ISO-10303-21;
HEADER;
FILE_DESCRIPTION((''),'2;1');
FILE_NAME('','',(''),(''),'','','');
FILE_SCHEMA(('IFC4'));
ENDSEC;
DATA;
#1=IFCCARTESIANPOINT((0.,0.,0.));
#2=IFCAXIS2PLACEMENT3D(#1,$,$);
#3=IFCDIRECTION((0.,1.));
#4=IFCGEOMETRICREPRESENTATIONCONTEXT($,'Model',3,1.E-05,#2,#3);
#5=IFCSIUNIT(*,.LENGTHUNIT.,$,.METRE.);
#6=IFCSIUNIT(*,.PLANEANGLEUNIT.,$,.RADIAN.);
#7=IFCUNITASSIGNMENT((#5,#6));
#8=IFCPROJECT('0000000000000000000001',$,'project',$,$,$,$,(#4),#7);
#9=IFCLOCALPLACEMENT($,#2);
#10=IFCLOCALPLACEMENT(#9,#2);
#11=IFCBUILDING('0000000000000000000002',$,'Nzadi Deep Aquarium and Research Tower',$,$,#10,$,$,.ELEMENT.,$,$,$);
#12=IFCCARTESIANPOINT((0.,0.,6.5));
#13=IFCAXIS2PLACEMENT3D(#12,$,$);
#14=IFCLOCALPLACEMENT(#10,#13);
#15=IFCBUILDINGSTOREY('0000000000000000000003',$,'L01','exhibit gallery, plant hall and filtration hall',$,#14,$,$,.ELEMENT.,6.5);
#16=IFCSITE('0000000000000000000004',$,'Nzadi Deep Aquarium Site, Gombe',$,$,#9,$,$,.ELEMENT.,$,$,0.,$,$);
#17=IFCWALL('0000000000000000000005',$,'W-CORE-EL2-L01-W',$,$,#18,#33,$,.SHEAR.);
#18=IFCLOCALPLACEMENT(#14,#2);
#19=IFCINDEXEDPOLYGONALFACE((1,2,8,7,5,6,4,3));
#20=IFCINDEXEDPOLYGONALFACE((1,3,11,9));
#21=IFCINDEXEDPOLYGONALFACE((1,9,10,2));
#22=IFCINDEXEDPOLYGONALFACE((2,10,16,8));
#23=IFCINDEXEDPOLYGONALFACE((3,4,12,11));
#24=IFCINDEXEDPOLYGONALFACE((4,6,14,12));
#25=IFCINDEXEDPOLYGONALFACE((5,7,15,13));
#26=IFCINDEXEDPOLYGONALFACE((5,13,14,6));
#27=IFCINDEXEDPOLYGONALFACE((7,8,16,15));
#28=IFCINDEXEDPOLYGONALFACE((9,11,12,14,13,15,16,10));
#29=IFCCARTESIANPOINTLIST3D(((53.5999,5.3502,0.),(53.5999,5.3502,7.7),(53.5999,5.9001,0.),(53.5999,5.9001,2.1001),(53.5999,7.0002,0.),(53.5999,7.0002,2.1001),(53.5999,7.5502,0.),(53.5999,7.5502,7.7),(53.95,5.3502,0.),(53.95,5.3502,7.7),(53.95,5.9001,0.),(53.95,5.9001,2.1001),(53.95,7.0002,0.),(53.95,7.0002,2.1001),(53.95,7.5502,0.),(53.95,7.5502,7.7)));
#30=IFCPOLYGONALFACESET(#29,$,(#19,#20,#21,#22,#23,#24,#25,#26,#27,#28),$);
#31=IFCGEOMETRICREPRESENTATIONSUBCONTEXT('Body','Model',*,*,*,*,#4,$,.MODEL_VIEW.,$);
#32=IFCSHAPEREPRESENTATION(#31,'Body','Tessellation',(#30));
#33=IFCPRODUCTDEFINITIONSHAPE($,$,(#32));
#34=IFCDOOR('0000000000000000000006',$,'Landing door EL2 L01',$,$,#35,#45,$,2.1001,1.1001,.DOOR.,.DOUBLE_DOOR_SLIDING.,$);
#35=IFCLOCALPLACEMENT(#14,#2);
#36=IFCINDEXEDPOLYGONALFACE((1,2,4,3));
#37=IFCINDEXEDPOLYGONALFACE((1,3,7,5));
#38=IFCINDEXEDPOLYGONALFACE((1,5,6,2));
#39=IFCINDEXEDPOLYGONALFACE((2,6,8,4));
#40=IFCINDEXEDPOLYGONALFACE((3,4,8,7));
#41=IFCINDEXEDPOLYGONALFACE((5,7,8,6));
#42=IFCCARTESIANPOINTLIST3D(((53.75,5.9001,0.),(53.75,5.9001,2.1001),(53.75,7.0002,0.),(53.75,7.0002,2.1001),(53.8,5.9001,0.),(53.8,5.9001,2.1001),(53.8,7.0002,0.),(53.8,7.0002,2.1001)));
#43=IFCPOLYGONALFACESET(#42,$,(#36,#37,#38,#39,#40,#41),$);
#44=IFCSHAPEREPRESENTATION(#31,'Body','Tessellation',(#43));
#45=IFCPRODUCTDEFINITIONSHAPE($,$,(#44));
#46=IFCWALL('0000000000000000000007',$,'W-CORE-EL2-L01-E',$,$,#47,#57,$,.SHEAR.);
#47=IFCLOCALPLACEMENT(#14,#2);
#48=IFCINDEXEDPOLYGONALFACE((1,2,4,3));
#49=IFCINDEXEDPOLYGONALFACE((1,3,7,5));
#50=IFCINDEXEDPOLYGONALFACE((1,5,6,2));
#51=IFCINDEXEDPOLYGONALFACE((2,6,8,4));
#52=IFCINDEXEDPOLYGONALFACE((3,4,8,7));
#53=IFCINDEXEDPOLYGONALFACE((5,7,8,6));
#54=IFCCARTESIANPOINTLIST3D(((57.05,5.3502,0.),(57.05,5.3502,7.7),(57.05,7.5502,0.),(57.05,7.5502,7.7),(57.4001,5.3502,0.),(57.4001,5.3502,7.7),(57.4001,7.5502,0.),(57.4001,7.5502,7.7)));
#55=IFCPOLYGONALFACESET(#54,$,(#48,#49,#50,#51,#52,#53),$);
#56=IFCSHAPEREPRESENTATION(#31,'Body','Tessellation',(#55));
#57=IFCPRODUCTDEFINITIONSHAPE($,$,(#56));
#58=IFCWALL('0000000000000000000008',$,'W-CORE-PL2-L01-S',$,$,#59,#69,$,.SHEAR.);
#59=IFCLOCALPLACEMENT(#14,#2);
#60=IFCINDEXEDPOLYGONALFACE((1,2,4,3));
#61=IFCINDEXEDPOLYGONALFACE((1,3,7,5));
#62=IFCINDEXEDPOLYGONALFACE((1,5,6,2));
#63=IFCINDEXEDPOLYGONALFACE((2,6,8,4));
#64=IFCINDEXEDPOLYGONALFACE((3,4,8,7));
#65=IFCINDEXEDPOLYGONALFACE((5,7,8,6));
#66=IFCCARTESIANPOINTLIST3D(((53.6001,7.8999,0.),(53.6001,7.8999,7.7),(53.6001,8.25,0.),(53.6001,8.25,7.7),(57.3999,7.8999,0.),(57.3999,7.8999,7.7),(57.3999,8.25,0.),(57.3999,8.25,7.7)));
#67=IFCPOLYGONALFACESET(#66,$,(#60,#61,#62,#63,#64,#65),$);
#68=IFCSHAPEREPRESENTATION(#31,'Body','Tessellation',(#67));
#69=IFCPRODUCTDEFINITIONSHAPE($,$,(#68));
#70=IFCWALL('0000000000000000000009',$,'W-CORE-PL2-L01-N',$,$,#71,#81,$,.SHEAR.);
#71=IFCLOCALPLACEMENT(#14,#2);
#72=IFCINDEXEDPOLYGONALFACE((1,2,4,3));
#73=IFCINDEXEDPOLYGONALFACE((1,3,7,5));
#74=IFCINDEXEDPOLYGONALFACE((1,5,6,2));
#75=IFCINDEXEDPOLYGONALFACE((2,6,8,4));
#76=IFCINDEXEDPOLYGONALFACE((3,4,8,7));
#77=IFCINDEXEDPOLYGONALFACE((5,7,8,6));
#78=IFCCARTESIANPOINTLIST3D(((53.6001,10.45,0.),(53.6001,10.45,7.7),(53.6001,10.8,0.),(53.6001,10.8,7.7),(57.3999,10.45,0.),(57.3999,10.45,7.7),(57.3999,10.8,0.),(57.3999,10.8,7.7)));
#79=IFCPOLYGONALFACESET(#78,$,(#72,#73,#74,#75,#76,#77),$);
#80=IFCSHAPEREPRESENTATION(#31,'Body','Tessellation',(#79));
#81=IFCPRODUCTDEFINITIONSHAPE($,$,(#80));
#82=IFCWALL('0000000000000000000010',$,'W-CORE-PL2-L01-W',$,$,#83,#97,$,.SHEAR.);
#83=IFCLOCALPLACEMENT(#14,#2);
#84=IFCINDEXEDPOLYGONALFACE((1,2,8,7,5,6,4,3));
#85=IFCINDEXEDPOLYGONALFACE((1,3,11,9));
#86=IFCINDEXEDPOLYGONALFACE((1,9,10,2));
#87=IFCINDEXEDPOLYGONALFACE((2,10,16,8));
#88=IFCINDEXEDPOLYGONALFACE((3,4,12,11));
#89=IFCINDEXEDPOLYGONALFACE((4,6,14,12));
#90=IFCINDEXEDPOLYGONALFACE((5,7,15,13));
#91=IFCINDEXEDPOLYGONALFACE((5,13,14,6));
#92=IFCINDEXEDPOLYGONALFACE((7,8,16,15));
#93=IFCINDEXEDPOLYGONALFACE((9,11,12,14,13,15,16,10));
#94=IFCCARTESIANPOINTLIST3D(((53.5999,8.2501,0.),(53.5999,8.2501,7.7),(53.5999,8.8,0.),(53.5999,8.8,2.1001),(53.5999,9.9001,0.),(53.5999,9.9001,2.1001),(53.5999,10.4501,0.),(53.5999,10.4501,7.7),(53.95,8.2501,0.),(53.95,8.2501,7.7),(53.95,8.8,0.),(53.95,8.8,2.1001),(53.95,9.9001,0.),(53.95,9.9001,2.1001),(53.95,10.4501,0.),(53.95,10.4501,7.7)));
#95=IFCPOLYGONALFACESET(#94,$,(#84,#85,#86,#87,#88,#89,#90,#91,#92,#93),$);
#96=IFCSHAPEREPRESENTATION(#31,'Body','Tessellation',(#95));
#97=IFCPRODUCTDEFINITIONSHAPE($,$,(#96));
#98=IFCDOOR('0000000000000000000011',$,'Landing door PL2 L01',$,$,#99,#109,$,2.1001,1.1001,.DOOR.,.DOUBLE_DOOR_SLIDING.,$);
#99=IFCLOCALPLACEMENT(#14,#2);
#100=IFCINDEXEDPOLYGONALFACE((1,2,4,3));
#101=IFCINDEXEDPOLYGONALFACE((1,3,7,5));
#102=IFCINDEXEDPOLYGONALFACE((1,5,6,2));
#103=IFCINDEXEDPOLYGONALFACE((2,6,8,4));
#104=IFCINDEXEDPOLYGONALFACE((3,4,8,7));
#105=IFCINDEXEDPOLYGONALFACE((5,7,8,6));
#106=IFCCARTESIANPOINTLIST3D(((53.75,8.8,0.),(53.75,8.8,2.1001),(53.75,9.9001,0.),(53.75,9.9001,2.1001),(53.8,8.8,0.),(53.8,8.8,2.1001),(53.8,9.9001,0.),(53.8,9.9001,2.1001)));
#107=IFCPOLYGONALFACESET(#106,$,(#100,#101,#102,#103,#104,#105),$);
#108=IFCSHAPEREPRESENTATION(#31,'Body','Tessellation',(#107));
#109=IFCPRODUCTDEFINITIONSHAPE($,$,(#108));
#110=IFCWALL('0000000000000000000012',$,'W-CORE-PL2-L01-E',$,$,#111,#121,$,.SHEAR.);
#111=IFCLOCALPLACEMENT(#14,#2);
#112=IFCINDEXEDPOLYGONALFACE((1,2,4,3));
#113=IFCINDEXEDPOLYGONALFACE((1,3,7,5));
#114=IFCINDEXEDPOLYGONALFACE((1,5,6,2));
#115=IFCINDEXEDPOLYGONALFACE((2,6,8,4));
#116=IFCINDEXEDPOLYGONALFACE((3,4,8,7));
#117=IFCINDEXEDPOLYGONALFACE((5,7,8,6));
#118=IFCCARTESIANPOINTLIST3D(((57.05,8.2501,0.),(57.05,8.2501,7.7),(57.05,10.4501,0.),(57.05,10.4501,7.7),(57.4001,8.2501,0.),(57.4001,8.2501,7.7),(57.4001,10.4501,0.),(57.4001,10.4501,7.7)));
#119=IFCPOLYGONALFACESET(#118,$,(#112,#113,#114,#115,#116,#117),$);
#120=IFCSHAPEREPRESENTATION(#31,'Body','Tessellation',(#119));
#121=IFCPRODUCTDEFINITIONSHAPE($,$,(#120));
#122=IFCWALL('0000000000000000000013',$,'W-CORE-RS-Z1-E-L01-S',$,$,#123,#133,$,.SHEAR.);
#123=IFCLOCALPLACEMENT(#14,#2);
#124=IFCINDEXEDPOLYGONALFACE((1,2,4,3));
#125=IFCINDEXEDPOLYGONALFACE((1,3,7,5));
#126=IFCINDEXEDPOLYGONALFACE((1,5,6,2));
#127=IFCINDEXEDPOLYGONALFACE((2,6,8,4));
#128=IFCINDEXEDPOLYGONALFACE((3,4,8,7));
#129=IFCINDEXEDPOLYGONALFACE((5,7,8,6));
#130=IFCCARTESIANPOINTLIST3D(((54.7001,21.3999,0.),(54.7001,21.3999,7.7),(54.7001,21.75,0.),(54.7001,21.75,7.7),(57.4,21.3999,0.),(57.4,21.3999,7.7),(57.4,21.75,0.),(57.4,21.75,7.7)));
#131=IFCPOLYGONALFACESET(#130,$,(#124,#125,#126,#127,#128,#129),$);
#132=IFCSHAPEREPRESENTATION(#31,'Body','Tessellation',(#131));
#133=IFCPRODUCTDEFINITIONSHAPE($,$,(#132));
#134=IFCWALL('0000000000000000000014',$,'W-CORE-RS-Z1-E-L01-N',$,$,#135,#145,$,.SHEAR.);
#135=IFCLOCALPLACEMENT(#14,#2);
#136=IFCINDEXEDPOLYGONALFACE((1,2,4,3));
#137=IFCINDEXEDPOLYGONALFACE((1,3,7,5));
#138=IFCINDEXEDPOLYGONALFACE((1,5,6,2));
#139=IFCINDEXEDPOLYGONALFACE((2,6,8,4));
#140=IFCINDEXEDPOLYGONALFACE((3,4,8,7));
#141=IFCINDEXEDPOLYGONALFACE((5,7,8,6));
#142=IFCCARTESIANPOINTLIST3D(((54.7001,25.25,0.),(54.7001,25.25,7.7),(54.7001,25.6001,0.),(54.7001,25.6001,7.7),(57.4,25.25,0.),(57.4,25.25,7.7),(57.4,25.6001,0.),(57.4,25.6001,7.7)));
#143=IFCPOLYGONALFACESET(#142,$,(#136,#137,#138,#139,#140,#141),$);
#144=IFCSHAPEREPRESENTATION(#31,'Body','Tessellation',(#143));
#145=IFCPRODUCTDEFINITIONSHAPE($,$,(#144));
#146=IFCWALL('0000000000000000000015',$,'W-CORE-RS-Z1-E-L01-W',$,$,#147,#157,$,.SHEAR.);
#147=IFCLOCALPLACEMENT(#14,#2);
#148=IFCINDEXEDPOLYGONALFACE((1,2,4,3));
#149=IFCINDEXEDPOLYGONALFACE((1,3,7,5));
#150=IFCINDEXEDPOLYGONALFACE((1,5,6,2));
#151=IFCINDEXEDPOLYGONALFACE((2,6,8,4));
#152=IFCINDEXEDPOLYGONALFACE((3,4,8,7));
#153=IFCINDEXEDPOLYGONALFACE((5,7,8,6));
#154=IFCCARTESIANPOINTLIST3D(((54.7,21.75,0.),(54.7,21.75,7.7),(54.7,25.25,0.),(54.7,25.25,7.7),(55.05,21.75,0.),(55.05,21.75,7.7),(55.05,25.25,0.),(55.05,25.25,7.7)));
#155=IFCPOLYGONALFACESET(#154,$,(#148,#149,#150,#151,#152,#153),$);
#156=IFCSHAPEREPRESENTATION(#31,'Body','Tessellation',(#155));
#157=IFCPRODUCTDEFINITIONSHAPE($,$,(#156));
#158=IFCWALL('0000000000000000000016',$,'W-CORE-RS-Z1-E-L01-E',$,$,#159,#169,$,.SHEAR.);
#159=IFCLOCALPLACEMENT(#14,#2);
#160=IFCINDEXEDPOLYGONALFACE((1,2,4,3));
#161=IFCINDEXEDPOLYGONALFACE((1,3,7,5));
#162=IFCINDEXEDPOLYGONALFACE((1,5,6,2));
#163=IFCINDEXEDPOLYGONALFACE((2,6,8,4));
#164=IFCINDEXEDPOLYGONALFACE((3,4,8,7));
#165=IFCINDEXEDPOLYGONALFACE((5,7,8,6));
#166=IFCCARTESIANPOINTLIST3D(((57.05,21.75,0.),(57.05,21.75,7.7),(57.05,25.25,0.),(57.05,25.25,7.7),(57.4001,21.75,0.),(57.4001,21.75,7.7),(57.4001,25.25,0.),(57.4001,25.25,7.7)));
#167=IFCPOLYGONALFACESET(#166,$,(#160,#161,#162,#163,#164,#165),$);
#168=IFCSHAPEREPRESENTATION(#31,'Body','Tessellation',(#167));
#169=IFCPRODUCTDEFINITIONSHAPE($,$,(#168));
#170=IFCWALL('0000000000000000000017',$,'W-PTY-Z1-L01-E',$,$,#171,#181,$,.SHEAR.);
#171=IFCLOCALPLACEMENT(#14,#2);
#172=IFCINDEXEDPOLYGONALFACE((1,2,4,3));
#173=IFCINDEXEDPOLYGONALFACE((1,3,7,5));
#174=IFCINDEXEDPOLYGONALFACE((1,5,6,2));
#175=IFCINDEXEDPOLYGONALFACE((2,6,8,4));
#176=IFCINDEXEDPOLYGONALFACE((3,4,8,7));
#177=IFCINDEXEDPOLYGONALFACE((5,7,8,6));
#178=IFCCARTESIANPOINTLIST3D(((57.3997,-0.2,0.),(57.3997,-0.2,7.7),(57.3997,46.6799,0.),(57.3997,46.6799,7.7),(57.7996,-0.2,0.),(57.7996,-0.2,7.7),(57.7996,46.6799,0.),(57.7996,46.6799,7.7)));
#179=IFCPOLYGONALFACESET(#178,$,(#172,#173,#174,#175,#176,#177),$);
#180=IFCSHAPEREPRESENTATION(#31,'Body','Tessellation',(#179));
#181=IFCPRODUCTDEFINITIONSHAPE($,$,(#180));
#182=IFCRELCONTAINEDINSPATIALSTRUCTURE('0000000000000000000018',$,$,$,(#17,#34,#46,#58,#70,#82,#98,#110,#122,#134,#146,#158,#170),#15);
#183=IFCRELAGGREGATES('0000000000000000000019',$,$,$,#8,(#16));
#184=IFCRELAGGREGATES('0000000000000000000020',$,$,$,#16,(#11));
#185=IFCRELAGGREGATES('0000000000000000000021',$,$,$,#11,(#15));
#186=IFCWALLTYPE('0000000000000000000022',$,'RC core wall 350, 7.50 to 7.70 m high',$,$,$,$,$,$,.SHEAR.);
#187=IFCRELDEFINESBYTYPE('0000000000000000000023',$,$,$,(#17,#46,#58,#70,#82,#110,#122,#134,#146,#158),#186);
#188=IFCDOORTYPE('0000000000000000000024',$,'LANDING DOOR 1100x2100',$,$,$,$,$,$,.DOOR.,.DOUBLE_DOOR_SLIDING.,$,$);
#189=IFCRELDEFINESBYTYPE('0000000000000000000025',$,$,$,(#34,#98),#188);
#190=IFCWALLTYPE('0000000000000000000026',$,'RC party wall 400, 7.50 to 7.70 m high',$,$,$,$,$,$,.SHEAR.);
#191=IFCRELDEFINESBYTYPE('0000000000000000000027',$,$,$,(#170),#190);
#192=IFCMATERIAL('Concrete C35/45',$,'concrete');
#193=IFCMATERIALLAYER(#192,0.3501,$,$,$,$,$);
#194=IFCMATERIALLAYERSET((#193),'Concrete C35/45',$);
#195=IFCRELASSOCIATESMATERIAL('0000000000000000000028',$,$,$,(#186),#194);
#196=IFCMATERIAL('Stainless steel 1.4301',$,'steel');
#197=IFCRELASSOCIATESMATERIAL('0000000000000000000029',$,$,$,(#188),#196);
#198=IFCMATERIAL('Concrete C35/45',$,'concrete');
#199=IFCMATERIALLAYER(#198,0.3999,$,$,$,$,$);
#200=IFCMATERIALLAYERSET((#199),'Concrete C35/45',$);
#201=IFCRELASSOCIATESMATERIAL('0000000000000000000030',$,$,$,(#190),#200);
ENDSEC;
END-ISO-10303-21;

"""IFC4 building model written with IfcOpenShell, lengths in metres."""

from ifc_helpers import new_model, si_unit, direction, frame, frame_2d, origin, place, context, subcontext, project, spatial, rectangle, extrude, material, layer, layer_set, type_object, element, fill, save


model = new_model("IFC4")

# Units and contexts
model_context = context("Model", 3, precision=1e-05, world=origin(), true_north=direction((0.0, 1.0)))
body_context = subcontext(model_context, "Body", "Model", "MODEL_VIEW")
ifc_project = project(units=[si_unit("LENGTHUNIT", "METRE"), si_unit("PLANEANGLEUNIT", "RADIAN")], contexts=[model_context])

# Site, building, storey
site_placement = place(None, origin())
site = spatial("IfcSite", under=ifc_project, at=site_placement, Name="Nzadi Deep Aquarium Site, Gombe", CompositionType="ELEMENT", RefElevation=0.0)
building_placement = place(site_placement, origin())
building = spatial("IfcBuilding", under=site, at=building_placement, Name="Nzadi Deep Aquarium and Research Tower", CompositionType="ELEMENT")
storey_placement = place(building_placement, frame((0.0, 0.0, 6.5)))
storey = spatial("IfcBuildingStorey", under=building, at=storey_placement, Name="L01", Description="exhibit gallery, plant hall and filtration hall", CompositionType="ELEMENT", Elevation=6.5)

# Shared definitions
ifc_material_1 = material(Name="Concrete C35/45", Category="concrete")
ifc_layer_1 = layer(ifc_material_1, 0.3501)
ifc_layer_set_1 = layer_set([ifc_layer_1], Name="Concrete C35/45")
wall_type_1 = type_object("IfcWallType", Name="RC core wall 350, 7.50 to 7.70 m high", PredefinedType="SHEAR", material=ifc_layer_set_1)

# Wall, opening, door
wall_1_placement = place(storey_placement, frame((53.7749, 5.3501, 0.0), z_axis=(0.0, 0.0, 1.0), x_axis=(0.0, 1.0, 0.0)))
wall_1 = element("IfcWall", 1, at=wall_1_placement, inside=storey, type_object=wall_type_1, Name="W-CORE-EL2-L01-W", PredefinedType="SHEAR", context=body_context, shape_type="SweptSolid", body=[
    extrude(rectangle(XDim=2.2, YDim=0.3501, at=frame_2d((1.1001, 0.0))), origin(), (0.0, 0.0, 1.0), 7.7),
])
opening_1_placement = place(wall_1_placement, frame((0.55, 0.0, 0.0)))
opening_1 = element("IfcOpeningElement", 2, at=opening_1_placement, cuts=wall_1, PredefinedType="OPENING", context=body_context, shape_type="SweptSolid", body=[
    extrude(rectangle(XDim=1.1001, YDim=2.1001, at=frame_2d((0.55, 1.05))), frame((0.0, 0.1851, 0.0), z_axis=(0.0, -1.0, 0.0), x_axis=(1.0, 0.0, 0.0)), (0.0, 0.0, 1.0), 0.3701),
])
ifc_material_2 = material(Name="Stainless steel 1.4301", Category="steel")
door_type = type_object("IfcDoorType", Name="LANDING DOOR 1100x2100", OperationType="DOUBLE_DOOR_SLIDING", PredefinedType="DOOR", material=ifc_material_2)
door_1_placement = place(opening_1_placement, origin())
door_1 = element("IfcDoor", 3, at=door_1_placement, inside=storey, type_object=door_type, Name="Landing door EL2 L01", OperationType="DOUBLE_DOOR_SLIDING", OverallHeight=2.1001, OverallWidth=1.1001, PredefinedType="DOOR", context=body_context, shape_type="SweptSolid", body=[
    extrude(rectangle(XDim=1.1001, YDim=2.1001, at=frame_2d((0.55, 1.05))), frame((0.0, 0.0249, 0.0), z_axis=(0.0, -1.0, 0.0), x_axis=(1.0, 0.0, 0.0)), (0.0, 0.0, 1.0), 0.05),
])
fill(opening_1, door_1)

# Walls
wall_2_placement = place(storey_placement, frame((57.2251, 5.3501, 0.0), z_axis=(0.0, 0.0, 1.0), x_axis=(0.0, 1.0, 0.0)))
element("IfcWall", 4, at=wall_2_placement, inside=storey, type_object=wall_type_1, Name="W-CORE-EL2-L01-E", PredefinedType="SHEAR", context=body_context, shape_type="SweptSolid", body=[
    extrude(rectangle(XDim=2.2, YDim=0.3501, at=frame_2d((1.1001, 0.0))), origin(), (0.0, 0.0, 1.0), 7.7),
])
for number, where, z_axis, x_axis, name in (
    (5, (53.6001, 8.075, 0.0), (0.0, 0.0, 1.0), (1.0, 0.0, 0.0), "W-CORE-PL2-L01-S"),
    (6, (53.6001, 10.625, 0.0), (0.0, 0.0, 1.0), (1.0, 0.0, 0.0), "W-CORE-PL2-L01-N"),
):
    element("IfcWall", number, at=place(storey_placement, frame(where, z_axis=z_axis, x_axis=x_axis)), inside=storey, type_object=wall_type_1, Name=name, PredefinedType="SHEAR", context=body_context, shape_type="SweptSolid", body=[
        extrude(rectangle(XDim=3.7998, YDim=0.3501, at=frame_2d((1.8999, 0.0))), origin(), (0.0, 0.0, 1.0), 7.7),
    ])

# Wall, opening, door
wall_3_placement = place(storey_placement, frame((53.7749, 8.25, 0.0), z_axis=(0.0, 0.0, 1.0), x_axis=(0.0, 1.0, 0.0)))
wall_3 = element("IfcWall", 7, at=wall_3_placement, inside=storey, type_object=wall_type_1, Name="W-CORE-PL2-L01-W", PredefinedType="SHEAR", context=body_context, shape_type="SweptSolid", body=[
    extrude(rectangle(XDim=2.2, YDim=0.3501, at=frame_2d((1.1001, 0.0))), origin(), (0.0, 0.0, 1.0), 7.7),
])
opening_2_placement = place(wall_3_placement, frame((0.55, 0.0, 0.0)))
opening_2 = element("IfcOpeningElement", 8, at=opening_2_placement, cuts=wall_3, PredefinedType="OPENING", context=body_context, shape_type="SweptSolid", body=[
    extrude(rectangle(XDim=1.1001, YDim=2.1001, at=frame_2d((0.55, 1.05))), frame((0.0, 0.1851, 0.0), z_axis=(0.0, -1.0, 0.0), x_axis=(1.0, 0.0, 0.0)), (0.0, 0.0, 1.0), 0.3701),
])
door_2_placement = place(opening_2_placement, origin())
door_2 = element("IfcDoor", 9, at=door_2_placement, inside=storey, type_object=door_type, Name="Landing door PL2 L01", OperationType="DOUBLE_DOOR_SLIDING", OverallHeight=2.1001, OverallWidth=1.1001, PredefinedType="DOOR", context=body_context, shape_type="SweptSolid", body=[
    extrude(rectangle(XDim=1.1001, YDim=2.1001, at=frame_2d((0.55, 1.05))), frame((0.0, 0.0249, 0.0), z_axis=(0.0, -1.0, 0.0), x_axis=(1.0, 0.0, 0.0)), (0.0, 0.0, 1.0), 0.05),
])
fill(opening_2, door_2)

# Walls
wall_4_placement = place(storey_placement, frame((57.2251, 8.25, 0.0), z_axis=(0.0, 0.0, 1.0), x_axis=(0.0, 1.0, 0.0)))
element("IfcWall", 10, at=wall_4_placement, inside=storey, type_object=wall_type_1, Name="W-CORE-PL2-L01-E", PredefinedType="SHEAR", context=body_context, shape_type="SweptSolid", body=[
    extrude(rectangle(XDim=2.2, YDim=0.3501, at=frame_2d((1.1001, 0.0))), origin(), (0.0, 0.0, 1.0), 7.7),
])
for number, where, z_axis, x_axis, name in (
    (11, (54.7, 21.575, 0.0), (0.0, 0.0, 1.0), (1.0, 0.0, 0.0), "W-CORE-RS-Z1-E-L01-S"),
    (12, (54.7, 25.425, 0.0), (0.0, 0.0, 1.0), (1.0, 0.0, 0.0), "W-CORE-RS-Z1-E-L01-N"),
):
    element("IfcWall", number, at=place(storey_placement, frame(where, z_axis=z_axis, x_axis=x_axis)), inside=storey, type_object=wall_type_1, Name=name, PredefinedType="SHEAR", context=body_context, shape_type="SweptSolid", body=[
        extrude(rectangle(XDim=2.7, YDim=0.3501, at=frame_2d((1.3501, 0.0))), origin(), (0.0, 0.0, 1.0), 7.7),
    ])
for number, where, z_axis, x_axis, name in (
    (13, (54.875, 21.75, 0.0), (0.0, 0.0, 1.0), (0.0, 1.0, 0.0), "W-CORE-RS-Z1-E-L01-W"),
    (14, (57.2251, 21.75, 0.0), (0.0, 0.0, 1.0), (0.0, 1.0, 0.0), "W-CORE-RS-Z1-E-L01-E"),
):
    element("IfcWall", number, at=place(storey_placement, frame(where, z_axis=z_axis, x_axis=x_axis)), inside=storey, type_object=wall_type_1, Name=name, PredefinedType="SHEAR", context=body_context, shape_type="SweptSolid", body=[
        extrude(rectangle(XDim=3.5, YDim=0.3501, at=frame_2d((1.75, 0.0))), origin(), (0.0, 0.0, 1.0), 7.7),
    ])
ifc_material_3 = material(Name="Concrete C35/45", Category="concrete")
ifc_layer_2 = layer(ifc_material_3, 0.3999)
ifc_layer_set_2 = layer_set([ifc_layer_2], Name="Concrete C35/45")
wall_type_2 = type_object("IfcWallType", Name="RC party wall 400, 7.50 to 7.70 m high", PredefinedType="SHEAR", material=ifc_layer_set_2)
wall_5_placement = place(storey_placement, frame((57.5996, -0.2, 0.0), z_axis=(0.0, 0.0, 1.0), x_axis=(0.0, 1.0, 0.0)))
element("IfcWall", 15, at=wall_5_placement, inside=storey, type_object=wall_type_2, Name="W-PTY-Z1-L01-E", PredefinedType="SHEAR", context=body_context, shape_type="SweptSolid", body=[
    extrude(rectangle(XDim=46.8799, YDim=0.3999, at=frame_2d((23.4399, 0.0))), origin(), (0.0, 0.0, 1.0), 7.7),
])

save(model, "model.ifc")
